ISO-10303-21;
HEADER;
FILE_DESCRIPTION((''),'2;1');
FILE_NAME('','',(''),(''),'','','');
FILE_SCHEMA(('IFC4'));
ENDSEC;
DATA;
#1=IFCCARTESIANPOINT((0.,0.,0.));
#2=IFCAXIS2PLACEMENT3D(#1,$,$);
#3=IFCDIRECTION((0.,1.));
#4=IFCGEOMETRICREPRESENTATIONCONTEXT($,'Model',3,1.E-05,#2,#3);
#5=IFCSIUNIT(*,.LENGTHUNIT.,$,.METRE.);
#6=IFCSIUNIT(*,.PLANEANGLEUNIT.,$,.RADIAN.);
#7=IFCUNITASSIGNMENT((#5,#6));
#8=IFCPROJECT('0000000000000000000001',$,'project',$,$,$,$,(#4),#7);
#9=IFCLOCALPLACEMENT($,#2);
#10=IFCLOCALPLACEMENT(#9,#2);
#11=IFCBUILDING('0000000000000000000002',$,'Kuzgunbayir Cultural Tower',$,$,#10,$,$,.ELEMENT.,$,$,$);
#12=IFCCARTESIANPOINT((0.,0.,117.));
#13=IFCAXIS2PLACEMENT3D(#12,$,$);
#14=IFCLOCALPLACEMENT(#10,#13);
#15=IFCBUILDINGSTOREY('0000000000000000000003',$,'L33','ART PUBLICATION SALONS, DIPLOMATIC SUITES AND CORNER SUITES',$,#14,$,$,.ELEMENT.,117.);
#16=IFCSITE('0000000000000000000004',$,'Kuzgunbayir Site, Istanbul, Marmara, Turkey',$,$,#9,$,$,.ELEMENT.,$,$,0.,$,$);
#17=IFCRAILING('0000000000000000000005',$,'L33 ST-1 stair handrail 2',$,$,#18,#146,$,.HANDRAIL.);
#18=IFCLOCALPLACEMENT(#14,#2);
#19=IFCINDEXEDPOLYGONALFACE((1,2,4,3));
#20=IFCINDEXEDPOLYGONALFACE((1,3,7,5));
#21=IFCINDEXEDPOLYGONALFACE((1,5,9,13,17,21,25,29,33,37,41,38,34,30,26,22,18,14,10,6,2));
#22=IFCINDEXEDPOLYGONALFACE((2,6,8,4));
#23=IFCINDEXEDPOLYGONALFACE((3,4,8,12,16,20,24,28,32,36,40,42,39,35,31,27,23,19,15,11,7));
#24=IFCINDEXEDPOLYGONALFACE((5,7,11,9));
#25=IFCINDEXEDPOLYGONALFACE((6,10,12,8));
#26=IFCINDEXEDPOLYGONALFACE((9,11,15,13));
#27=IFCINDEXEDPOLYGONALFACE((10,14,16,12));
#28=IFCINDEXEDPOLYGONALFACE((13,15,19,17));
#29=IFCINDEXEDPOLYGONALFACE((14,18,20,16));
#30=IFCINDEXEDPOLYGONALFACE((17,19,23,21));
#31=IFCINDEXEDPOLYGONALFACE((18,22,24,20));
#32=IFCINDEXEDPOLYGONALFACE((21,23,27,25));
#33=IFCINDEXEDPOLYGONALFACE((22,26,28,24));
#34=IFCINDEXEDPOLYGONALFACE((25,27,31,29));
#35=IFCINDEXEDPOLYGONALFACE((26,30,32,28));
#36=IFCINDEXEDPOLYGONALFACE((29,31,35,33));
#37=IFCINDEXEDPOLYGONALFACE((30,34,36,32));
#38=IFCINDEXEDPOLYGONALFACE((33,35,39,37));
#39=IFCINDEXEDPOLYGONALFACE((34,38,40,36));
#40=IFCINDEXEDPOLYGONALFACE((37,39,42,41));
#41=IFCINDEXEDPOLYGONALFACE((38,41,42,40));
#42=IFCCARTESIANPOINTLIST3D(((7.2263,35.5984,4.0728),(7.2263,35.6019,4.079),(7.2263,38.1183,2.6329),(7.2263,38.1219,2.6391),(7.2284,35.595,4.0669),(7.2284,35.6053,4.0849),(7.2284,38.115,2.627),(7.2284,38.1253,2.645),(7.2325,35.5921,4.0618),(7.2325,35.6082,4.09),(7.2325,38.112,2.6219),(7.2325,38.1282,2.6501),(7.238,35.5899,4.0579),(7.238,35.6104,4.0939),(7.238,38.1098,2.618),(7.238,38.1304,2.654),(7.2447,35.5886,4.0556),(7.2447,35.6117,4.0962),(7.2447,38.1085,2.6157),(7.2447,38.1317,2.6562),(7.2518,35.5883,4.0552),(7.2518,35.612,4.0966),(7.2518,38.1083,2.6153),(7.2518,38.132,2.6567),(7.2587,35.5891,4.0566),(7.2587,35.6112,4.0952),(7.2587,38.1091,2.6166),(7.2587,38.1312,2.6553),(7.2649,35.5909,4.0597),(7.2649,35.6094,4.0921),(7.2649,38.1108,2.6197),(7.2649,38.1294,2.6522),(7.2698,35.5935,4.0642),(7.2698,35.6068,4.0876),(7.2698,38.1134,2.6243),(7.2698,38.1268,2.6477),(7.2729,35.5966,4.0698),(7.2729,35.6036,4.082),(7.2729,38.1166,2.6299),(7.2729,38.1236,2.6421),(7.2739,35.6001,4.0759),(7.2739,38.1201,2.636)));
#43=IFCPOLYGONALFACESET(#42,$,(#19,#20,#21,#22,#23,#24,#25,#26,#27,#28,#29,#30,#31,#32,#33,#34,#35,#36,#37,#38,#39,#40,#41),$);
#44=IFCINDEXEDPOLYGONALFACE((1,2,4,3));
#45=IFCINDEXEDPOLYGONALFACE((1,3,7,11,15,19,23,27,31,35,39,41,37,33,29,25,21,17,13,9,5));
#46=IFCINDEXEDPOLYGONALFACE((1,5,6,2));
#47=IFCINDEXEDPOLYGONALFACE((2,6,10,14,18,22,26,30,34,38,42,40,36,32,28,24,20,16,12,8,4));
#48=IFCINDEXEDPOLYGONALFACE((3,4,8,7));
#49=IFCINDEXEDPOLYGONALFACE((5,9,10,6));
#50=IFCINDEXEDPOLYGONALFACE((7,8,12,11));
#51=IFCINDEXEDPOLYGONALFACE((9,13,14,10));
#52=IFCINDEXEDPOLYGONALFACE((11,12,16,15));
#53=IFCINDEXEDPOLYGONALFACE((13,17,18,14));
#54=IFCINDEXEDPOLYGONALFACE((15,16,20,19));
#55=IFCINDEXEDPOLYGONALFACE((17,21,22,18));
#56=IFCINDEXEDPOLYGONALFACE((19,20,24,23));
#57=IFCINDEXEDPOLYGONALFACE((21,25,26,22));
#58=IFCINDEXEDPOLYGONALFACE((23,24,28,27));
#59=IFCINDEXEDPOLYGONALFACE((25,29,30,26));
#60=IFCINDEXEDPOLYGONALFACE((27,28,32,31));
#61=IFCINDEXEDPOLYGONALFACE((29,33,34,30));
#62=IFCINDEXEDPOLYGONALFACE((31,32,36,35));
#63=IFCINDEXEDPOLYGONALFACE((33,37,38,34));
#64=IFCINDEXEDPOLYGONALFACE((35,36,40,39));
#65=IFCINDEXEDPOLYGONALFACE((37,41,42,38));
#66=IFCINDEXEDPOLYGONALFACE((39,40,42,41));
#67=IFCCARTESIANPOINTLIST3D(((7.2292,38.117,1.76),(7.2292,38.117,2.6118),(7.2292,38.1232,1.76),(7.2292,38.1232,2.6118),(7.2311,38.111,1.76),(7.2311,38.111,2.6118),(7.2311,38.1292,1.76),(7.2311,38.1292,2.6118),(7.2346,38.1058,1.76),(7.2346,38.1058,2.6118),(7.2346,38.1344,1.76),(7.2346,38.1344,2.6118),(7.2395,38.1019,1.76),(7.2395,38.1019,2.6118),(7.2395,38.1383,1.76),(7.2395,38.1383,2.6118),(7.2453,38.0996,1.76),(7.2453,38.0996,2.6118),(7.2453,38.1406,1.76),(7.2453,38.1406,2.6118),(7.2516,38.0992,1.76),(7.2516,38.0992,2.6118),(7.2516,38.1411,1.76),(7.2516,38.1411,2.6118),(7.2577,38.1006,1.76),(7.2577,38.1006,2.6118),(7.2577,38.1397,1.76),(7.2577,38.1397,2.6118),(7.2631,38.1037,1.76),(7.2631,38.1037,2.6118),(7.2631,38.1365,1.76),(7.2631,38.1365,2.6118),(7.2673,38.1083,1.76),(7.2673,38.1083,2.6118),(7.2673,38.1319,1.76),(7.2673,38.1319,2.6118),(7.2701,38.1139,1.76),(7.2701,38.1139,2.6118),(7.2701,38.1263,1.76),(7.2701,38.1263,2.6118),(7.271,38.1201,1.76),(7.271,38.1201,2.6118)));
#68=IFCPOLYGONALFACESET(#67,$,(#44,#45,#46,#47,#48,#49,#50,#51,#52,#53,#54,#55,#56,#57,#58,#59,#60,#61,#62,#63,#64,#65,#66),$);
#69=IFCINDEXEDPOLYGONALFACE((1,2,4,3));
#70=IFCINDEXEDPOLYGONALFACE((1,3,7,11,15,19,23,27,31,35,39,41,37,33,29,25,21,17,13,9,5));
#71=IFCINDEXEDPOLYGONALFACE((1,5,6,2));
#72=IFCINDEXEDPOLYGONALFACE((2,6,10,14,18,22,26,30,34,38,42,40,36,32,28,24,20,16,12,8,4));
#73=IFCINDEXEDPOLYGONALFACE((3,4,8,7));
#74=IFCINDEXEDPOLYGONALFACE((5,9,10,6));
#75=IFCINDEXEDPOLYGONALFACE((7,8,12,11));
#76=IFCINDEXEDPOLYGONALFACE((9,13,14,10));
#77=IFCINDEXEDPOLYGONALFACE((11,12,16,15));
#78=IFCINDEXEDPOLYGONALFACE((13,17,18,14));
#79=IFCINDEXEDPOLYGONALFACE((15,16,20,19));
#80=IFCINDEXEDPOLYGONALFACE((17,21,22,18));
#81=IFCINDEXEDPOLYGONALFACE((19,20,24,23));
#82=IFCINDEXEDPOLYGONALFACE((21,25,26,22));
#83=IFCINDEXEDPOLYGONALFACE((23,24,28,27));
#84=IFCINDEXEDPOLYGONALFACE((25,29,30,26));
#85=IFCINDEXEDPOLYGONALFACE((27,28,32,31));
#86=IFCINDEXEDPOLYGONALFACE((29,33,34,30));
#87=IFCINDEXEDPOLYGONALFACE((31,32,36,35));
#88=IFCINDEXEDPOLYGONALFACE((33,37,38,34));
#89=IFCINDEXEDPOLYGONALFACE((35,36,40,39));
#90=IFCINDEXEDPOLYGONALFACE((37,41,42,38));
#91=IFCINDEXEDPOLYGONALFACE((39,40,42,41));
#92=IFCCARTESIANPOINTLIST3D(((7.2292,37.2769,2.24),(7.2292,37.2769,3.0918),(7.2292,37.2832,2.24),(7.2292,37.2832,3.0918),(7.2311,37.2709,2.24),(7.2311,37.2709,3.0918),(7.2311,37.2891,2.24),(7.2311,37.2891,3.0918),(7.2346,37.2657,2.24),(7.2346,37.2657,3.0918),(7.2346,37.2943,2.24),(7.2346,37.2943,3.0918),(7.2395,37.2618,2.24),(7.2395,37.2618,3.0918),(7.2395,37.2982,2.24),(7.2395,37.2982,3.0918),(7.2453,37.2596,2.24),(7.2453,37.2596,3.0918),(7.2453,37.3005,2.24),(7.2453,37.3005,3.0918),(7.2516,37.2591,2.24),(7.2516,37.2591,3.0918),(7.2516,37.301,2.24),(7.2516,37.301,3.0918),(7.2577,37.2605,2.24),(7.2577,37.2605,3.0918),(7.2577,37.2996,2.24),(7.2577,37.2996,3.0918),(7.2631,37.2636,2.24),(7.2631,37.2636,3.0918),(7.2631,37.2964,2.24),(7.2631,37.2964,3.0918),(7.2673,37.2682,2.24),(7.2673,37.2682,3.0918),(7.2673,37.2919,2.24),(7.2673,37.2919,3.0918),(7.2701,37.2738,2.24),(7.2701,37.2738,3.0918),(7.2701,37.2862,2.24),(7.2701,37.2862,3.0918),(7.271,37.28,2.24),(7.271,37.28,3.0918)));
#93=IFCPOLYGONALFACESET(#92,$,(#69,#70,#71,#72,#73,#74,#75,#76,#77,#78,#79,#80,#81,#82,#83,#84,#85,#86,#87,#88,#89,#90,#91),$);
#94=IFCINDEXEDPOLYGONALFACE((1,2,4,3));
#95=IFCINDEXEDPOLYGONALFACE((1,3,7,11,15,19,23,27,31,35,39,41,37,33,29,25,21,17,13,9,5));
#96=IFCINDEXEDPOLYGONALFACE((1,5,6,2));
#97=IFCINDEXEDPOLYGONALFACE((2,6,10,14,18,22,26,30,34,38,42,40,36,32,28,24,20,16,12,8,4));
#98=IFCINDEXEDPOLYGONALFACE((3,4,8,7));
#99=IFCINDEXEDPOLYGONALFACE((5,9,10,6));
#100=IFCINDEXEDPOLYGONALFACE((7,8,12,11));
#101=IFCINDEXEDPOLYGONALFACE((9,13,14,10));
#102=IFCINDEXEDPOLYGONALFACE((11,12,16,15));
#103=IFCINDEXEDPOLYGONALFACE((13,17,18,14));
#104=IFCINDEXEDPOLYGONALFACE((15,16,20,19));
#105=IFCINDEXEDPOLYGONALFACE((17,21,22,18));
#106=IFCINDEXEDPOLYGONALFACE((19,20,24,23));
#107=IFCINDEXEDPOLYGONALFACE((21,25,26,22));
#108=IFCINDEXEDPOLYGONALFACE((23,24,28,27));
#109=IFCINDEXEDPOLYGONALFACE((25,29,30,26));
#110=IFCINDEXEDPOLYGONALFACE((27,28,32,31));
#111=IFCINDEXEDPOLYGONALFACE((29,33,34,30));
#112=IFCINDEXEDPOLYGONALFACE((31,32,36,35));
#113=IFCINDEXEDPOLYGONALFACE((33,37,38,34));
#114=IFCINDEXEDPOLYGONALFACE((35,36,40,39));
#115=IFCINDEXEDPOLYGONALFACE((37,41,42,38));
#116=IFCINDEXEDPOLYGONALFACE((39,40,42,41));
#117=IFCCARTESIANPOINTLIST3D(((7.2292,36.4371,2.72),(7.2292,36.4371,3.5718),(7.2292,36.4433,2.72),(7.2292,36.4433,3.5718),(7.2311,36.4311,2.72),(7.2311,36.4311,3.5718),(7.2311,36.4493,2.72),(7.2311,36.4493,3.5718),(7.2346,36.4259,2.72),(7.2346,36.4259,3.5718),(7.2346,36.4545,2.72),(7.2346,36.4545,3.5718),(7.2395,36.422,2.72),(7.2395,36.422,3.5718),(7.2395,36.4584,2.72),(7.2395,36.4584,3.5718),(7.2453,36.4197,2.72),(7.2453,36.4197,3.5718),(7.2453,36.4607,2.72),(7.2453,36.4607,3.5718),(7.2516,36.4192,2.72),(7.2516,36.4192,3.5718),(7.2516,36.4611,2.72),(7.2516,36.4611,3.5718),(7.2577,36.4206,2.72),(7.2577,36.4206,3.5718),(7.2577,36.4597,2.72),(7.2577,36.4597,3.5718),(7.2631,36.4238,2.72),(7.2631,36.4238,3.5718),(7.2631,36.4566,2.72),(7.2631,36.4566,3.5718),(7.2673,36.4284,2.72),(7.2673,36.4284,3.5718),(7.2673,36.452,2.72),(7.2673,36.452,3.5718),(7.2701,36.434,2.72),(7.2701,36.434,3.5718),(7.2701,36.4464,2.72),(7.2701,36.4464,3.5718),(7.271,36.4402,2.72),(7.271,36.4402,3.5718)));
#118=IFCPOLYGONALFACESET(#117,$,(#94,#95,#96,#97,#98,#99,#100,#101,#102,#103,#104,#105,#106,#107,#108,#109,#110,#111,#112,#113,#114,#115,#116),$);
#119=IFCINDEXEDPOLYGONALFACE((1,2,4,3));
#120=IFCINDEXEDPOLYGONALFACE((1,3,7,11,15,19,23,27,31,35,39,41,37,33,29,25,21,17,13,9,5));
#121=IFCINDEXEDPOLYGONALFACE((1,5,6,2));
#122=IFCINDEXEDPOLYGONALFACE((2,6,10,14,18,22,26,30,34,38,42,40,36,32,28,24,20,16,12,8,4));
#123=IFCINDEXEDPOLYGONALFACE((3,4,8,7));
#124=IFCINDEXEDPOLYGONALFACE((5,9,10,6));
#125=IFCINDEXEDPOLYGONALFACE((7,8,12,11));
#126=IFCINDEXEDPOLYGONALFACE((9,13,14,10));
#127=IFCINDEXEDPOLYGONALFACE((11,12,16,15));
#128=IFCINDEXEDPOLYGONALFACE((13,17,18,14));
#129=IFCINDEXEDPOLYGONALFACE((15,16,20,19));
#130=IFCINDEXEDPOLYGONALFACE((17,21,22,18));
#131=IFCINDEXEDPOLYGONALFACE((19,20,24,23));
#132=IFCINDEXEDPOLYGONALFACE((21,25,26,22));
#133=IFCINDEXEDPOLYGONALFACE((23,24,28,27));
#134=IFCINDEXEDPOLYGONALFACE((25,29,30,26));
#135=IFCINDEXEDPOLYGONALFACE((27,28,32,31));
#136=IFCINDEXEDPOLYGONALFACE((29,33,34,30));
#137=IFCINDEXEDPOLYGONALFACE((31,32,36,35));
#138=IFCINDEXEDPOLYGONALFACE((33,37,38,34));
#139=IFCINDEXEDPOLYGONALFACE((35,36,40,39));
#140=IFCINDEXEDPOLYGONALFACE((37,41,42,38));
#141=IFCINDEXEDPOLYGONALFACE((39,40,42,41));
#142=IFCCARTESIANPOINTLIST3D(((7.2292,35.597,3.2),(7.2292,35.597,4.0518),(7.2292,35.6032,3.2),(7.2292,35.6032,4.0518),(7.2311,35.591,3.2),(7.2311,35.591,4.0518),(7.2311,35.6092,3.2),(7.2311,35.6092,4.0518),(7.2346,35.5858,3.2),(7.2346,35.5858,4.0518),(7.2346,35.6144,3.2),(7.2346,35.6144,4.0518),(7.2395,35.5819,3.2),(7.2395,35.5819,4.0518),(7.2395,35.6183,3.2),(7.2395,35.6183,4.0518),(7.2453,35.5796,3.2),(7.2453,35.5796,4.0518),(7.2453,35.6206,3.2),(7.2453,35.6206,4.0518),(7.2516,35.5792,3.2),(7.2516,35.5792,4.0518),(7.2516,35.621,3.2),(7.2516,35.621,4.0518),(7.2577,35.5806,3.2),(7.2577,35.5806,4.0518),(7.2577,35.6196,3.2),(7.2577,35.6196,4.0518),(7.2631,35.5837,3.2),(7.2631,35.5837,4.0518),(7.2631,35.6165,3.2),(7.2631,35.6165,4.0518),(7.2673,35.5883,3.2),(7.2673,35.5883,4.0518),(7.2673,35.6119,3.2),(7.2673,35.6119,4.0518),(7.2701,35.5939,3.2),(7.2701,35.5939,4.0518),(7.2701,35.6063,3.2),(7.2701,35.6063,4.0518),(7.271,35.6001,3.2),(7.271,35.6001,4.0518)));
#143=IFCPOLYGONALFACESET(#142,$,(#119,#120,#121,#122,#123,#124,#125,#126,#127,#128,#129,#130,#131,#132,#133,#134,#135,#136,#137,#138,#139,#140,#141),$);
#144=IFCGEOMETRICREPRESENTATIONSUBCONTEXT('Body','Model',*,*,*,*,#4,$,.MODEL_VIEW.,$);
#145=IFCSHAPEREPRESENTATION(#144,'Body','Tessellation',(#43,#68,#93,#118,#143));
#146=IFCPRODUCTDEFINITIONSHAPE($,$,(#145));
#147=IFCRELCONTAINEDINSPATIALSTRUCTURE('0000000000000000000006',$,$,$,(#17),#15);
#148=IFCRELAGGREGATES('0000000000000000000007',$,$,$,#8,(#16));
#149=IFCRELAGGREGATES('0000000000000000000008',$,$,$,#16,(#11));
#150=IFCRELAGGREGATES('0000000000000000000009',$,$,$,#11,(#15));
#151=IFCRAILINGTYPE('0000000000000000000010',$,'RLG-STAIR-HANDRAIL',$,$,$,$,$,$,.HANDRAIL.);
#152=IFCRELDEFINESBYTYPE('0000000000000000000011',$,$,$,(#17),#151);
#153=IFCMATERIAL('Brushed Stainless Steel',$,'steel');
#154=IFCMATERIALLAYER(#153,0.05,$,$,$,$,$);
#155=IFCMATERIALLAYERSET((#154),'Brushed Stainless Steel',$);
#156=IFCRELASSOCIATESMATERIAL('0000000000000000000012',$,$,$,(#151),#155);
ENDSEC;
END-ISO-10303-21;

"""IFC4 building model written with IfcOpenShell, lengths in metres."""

from ifc_helpers import new_model, si_unit, direction, frame, origin, origin_2d, place, context, subcontext, project, spatial, circle, extrude, material, layer, layer_set, type_object, element, save


model = new_model("IFC4")

# Units and contexts
model_context = context("Model", 3, precision=1e-05, world=origin(), true_north=direction((0.0, 1.0)))
body_context = subcontext(model_context, "Body", "Model", "MODEL_VIEW")
ifc_project = project(units=[si_unit("LENGTHUNIT", "METRE"), si_unit("PLANEANGLEUNIT", "RADIAN")], contexts=[model_context])

# Site, building, storey
site_placement = place(None, origin())
site = spatial("IfcSite", under=ifc_project, at=site_placement, Name="Kuzgunbayir Site, Istanbul, Marmara, Turkey", CompositionType="ELEMENT", RefElevation=0.0)
building_placement = place(site_placement, origin())
building = spatial("IfcBuilding", under=site, at=building_placement, Name="Kuzgunbayir Cultural Tower", CompositionType="ELEMENT")
storey_placement = place(building_placement, frame((0.0, 0.0, 117.0)))
storey = spatial("IfcBuildingStorey", under=building, at=storey_placement, Name="L33", Description="ART PUBLICATION SALONS, DIPLOMATIC SUITES AND CORNER SUITES", CompositionType="ELEMENT", Elevation=117.0)

# Railing
ifc_material_1 = material(Name="Brushed Stainless Steel", Category="steel")
ifc_layer_1 = layer(ifc_material_1, 0.05)
ifc_layer_set_1 = layer_set([ifc_layer_1], Name="Brushed Stainless Steel")
railing_type_1 = type_object("IfcRailingType", Name="RLG-STAIR-HANDRAIL", PredefinedType="HANDRAIL", material=ifc_layer_set_1)
railing_1_placement = place(storey_placement, frame((7.25, 38.1201, 1.76)))
element("IfcRailing", 1, at=railing_1_placement, inside=storey, type_object=railing_type_1, Name="L33 ST-1 stair handrail 2", PredefinedType="HANDRAIL", context=body_context, shape_type="SweptSolid", body=[
    extrude(circle(Radius=0.0239, at=origin_2d()), frame((0.0, 0.0, 0.876), z_axis=(0.0, -0.868253, 0.496121), x_axis=(1.0, 0.0, 0.0)), (0.0, 0.0, 1.0), 2.9023),
    extrude(circle(Radius=0.021, at=origin_2d()), origin(), (0.0, 0.0, 1.0), 0.8518),
    extrude(circle(Radius=0.021, at=origin_2d()), frame((0.0, -0.8401, 0.48)), (0.0, 0.0, 1.0), 0.8518),
    extrude(circle(Radius=0.021, at=origin_2d()), frame((0.0, -1.6799, 0.96)), (0.0, 0.0, 1.0), 0.8518),
    extrude(circle(Radius=0.021, at=origin_2d()), frame((0.0, -2.52, 1.4399)), (0.0, 0.0, 1.0), 0.8518),
])

save(model, "model.ifc")
